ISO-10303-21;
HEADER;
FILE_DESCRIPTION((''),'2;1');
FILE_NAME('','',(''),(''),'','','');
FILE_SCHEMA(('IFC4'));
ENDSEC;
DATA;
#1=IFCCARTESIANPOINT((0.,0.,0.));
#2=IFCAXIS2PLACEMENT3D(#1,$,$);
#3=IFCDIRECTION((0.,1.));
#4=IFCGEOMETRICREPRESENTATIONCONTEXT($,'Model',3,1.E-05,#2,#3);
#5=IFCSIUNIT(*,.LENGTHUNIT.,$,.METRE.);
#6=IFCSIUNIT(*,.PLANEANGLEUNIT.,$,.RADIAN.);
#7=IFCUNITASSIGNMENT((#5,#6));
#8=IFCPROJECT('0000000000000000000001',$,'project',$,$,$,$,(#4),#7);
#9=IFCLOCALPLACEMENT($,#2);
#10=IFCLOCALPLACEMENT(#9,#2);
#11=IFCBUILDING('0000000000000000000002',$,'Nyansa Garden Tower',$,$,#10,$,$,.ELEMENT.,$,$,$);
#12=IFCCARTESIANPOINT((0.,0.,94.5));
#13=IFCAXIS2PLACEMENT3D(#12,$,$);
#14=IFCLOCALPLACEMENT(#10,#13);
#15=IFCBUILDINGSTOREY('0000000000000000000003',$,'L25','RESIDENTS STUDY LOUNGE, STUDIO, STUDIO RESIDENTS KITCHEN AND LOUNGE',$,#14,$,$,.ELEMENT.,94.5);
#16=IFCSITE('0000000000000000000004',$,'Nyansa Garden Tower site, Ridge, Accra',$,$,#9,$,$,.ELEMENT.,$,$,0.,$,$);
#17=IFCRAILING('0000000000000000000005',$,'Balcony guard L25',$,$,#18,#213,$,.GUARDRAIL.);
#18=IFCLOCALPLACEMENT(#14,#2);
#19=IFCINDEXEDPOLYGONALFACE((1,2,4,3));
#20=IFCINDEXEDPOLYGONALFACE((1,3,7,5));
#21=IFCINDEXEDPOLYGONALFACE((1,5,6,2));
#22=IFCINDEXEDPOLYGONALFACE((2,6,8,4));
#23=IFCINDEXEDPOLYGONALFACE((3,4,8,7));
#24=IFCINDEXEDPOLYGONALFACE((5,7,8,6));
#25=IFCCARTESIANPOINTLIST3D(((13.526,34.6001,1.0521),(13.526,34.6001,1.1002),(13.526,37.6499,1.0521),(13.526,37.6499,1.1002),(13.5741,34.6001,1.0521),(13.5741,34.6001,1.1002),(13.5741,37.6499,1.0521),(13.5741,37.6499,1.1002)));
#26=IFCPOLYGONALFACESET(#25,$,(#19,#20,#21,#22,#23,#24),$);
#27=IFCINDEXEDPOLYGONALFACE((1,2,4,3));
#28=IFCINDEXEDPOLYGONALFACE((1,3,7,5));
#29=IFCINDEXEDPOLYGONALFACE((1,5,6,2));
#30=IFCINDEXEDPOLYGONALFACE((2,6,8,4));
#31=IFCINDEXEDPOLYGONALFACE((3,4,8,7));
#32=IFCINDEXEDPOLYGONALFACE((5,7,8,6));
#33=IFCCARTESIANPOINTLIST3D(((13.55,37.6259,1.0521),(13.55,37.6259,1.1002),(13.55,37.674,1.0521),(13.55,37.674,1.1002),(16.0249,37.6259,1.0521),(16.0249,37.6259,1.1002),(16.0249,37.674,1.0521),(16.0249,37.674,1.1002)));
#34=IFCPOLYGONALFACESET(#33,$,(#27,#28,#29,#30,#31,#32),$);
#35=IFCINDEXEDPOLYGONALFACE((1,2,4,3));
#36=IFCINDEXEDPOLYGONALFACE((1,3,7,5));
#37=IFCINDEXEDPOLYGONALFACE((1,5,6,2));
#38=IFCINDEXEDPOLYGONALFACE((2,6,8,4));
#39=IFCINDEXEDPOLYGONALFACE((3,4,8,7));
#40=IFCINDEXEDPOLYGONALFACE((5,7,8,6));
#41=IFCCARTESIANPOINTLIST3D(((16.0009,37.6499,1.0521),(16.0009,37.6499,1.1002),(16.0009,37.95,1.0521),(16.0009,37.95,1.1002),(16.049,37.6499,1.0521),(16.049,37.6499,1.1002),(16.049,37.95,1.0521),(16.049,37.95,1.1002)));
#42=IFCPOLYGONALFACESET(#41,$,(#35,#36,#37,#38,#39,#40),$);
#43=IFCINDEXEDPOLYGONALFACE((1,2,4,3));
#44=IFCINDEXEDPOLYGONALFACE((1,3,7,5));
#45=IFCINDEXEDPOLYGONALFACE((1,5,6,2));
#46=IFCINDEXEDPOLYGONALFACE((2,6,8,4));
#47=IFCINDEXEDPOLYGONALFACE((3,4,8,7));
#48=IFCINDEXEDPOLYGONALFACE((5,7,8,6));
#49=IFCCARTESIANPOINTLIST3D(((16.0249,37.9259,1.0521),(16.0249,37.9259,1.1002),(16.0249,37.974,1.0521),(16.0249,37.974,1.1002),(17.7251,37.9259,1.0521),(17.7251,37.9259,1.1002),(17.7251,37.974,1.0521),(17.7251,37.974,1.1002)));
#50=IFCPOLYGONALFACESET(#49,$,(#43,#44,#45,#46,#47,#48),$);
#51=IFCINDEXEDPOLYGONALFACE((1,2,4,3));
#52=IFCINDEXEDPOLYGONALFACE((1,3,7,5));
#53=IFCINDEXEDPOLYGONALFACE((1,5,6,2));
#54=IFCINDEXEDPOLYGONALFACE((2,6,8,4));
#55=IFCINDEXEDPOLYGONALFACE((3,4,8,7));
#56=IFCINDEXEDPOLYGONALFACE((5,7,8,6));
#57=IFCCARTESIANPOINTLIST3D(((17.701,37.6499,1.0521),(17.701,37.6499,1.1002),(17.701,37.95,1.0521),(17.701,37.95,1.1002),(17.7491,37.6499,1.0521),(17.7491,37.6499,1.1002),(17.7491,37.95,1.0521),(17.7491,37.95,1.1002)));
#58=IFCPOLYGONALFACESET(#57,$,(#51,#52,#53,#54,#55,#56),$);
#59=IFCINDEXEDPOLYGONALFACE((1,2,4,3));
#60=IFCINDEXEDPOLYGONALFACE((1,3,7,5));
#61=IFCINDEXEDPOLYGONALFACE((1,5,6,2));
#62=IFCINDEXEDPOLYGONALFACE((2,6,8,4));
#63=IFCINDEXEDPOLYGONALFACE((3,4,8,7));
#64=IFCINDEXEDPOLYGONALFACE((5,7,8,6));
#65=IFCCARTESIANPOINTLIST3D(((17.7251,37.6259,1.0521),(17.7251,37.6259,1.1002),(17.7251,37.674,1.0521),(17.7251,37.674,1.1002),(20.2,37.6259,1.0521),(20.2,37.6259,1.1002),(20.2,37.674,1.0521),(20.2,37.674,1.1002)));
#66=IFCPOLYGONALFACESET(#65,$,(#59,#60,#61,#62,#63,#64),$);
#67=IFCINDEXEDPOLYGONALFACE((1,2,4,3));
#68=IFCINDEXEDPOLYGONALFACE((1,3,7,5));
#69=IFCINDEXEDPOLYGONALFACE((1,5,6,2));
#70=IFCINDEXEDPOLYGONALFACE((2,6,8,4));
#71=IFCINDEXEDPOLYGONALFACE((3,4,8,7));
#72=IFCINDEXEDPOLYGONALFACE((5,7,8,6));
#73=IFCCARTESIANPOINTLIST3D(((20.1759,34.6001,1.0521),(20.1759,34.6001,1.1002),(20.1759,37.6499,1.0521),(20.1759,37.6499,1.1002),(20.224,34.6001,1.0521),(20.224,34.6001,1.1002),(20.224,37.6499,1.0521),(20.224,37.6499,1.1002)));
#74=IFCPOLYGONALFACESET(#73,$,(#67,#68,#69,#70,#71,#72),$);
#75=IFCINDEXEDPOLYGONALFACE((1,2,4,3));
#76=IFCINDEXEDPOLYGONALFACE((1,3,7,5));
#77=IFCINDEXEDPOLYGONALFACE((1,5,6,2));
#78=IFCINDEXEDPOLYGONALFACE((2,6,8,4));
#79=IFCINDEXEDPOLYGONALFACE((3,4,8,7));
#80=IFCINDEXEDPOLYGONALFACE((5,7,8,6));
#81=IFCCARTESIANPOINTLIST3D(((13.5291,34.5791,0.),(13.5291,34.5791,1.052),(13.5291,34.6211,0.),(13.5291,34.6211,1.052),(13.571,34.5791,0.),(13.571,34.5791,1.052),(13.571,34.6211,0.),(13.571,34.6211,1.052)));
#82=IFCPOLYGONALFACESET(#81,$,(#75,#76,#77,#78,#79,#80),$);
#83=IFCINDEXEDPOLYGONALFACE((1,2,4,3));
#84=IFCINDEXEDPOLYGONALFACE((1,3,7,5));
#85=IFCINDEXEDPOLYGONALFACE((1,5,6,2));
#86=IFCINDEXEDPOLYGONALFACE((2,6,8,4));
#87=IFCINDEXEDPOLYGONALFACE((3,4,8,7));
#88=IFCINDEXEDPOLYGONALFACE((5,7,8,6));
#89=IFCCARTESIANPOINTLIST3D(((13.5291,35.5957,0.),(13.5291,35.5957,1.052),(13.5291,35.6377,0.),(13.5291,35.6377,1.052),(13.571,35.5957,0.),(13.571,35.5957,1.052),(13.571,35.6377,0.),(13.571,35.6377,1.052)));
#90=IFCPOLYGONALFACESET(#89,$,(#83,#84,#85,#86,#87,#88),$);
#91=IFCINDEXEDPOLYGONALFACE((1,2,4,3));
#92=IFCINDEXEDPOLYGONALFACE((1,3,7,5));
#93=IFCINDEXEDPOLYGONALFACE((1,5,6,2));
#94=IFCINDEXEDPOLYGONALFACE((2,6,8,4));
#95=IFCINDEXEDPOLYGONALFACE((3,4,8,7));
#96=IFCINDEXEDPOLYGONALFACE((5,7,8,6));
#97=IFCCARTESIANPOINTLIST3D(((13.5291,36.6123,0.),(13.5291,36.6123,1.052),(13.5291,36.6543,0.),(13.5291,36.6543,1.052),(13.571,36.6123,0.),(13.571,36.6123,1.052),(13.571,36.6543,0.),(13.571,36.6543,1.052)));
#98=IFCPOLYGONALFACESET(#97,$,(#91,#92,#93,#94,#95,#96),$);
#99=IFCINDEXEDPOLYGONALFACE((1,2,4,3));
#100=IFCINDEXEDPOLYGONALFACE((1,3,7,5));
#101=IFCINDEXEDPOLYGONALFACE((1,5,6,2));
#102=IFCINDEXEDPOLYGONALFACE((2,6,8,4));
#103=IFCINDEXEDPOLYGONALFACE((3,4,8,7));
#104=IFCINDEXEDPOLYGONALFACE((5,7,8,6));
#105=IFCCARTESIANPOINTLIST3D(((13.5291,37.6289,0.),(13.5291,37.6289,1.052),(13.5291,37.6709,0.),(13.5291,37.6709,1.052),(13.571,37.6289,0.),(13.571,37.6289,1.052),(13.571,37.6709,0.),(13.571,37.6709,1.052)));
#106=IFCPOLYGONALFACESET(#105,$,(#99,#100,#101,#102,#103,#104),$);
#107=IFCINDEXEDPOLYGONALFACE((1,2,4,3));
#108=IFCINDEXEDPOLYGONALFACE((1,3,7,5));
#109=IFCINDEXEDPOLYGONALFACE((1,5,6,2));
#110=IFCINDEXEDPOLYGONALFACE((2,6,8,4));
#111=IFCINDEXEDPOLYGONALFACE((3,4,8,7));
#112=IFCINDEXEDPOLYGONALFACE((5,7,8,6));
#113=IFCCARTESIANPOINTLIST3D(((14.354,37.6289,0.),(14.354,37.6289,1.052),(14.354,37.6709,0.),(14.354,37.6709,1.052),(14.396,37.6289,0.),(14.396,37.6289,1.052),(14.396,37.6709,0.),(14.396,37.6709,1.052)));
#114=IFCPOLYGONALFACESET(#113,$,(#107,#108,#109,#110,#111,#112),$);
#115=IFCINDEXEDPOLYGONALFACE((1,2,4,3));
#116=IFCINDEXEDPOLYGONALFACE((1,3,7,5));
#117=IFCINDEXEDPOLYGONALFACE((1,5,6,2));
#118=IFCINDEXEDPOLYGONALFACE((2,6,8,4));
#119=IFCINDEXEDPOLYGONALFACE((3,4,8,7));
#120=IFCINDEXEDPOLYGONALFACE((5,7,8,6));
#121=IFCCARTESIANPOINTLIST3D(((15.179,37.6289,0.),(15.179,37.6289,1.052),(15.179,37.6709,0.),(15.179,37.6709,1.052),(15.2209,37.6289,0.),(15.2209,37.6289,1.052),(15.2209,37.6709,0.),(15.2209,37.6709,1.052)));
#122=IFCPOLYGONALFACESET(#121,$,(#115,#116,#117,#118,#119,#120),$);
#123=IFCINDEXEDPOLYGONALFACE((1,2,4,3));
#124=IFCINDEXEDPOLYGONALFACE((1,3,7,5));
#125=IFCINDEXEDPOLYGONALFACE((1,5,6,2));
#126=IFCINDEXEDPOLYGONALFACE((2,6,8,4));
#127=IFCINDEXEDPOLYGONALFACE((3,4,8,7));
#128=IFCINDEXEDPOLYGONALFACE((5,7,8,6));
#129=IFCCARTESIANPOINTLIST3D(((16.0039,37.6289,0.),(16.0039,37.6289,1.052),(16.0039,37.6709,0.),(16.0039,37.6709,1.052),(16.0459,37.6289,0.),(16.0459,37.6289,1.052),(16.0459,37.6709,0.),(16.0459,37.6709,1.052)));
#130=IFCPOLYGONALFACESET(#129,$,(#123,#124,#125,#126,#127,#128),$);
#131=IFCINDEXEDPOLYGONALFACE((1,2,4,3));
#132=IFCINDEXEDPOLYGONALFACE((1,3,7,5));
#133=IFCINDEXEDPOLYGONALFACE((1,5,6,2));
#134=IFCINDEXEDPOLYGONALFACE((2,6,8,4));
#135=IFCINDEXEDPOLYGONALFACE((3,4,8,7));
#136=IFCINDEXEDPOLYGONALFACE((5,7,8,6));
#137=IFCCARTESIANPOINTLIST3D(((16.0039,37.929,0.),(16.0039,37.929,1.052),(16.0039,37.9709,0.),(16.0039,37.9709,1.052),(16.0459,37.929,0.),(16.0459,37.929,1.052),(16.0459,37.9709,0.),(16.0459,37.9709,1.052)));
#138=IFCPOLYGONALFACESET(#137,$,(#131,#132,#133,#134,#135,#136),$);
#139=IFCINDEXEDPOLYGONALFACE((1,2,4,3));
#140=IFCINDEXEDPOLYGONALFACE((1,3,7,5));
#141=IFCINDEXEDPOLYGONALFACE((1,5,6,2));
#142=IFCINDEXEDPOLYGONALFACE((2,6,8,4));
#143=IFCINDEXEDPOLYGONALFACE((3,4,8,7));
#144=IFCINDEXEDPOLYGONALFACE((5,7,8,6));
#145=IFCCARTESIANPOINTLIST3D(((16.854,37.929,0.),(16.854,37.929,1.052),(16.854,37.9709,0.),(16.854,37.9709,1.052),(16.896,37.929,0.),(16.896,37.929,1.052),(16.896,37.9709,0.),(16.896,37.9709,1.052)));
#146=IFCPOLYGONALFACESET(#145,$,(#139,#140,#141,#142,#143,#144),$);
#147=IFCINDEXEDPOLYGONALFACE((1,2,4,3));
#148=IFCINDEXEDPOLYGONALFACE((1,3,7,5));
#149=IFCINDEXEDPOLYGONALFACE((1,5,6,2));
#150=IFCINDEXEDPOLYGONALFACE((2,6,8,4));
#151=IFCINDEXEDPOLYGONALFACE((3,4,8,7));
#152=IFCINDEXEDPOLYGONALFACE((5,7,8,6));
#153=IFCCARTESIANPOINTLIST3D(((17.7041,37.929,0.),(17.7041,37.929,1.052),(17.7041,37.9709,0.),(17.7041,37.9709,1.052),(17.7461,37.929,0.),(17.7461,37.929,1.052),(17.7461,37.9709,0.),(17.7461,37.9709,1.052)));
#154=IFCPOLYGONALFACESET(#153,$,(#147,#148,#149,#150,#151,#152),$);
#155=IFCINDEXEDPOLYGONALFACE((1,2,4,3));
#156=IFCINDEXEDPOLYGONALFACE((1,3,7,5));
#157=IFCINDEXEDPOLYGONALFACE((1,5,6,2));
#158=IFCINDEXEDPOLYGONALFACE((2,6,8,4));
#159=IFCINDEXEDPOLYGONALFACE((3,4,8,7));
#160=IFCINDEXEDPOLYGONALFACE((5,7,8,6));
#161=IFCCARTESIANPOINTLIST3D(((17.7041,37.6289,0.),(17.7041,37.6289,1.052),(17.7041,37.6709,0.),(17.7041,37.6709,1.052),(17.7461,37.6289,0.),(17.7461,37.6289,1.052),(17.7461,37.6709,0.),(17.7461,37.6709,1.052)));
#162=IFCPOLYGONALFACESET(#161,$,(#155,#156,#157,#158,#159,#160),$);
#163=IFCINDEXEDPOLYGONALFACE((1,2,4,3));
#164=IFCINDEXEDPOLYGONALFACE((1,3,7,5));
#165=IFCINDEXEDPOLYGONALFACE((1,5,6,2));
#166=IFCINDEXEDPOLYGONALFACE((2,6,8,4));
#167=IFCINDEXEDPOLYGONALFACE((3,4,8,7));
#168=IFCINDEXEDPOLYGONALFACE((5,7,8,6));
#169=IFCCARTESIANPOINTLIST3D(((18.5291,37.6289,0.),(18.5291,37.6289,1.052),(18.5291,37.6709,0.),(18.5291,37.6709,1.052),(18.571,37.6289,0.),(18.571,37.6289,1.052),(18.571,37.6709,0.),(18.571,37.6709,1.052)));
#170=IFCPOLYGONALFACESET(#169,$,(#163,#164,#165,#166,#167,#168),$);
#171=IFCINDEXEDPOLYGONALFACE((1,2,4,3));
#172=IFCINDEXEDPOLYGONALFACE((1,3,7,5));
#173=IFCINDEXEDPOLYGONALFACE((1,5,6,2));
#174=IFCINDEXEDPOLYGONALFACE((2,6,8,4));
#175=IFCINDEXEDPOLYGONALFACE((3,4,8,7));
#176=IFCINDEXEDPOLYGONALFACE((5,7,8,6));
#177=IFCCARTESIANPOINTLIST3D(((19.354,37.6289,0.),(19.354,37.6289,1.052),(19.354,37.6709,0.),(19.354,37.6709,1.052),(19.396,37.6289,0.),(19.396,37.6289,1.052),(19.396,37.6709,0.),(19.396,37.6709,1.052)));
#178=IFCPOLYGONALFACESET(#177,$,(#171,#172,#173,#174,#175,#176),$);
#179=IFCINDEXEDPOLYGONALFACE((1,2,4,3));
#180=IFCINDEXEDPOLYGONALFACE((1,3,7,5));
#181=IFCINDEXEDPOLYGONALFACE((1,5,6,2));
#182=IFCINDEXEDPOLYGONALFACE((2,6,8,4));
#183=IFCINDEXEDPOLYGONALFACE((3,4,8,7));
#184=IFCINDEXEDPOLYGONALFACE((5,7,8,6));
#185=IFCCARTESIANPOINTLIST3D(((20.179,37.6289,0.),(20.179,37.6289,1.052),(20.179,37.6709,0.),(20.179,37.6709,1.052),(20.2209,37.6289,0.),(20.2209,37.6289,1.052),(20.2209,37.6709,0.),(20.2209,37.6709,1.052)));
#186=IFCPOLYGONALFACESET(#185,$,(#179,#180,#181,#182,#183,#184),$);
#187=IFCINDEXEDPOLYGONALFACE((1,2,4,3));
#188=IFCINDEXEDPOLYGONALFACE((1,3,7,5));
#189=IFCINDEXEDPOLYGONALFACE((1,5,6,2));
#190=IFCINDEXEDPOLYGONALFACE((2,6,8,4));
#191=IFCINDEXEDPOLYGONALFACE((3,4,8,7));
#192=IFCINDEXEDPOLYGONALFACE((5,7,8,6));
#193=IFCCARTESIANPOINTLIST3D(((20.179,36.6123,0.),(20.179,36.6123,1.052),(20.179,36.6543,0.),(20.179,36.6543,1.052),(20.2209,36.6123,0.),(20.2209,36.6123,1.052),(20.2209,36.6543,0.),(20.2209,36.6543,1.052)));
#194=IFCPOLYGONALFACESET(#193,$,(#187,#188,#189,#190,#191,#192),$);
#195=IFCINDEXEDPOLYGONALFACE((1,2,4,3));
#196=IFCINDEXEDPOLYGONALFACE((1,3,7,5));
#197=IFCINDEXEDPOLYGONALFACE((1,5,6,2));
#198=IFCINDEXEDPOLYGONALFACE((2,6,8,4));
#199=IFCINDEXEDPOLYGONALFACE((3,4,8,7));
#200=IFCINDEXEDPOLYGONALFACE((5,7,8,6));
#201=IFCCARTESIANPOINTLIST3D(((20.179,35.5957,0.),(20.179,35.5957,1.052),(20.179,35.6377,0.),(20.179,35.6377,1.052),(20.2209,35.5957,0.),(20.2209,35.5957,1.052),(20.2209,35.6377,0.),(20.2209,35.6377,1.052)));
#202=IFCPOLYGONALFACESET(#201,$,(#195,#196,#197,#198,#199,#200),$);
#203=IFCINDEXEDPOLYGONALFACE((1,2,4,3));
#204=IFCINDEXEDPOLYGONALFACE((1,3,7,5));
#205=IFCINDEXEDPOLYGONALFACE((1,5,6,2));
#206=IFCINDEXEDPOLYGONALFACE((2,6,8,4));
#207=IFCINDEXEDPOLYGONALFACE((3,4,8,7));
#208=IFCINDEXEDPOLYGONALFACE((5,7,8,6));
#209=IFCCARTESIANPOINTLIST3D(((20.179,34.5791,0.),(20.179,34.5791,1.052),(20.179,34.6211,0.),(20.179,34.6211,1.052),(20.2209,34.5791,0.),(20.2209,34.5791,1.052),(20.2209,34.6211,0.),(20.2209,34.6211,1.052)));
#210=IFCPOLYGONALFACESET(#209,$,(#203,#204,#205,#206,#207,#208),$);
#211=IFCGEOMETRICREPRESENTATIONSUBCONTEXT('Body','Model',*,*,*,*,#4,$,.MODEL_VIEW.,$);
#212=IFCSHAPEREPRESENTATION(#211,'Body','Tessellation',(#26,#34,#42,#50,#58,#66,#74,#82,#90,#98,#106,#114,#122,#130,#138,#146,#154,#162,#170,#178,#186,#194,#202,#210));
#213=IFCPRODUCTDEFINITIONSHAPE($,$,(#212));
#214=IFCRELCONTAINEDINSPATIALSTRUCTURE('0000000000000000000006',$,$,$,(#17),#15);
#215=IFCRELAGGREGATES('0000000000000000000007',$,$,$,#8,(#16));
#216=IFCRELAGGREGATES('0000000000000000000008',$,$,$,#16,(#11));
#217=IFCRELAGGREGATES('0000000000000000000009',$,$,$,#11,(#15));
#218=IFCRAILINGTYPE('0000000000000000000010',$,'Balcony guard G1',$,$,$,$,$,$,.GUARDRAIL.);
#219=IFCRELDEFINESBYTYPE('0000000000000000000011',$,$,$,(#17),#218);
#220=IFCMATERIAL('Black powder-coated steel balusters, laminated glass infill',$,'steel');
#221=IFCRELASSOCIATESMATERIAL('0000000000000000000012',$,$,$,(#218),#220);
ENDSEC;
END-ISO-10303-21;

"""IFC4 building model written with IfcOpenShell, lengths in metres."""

from ifc_helpers import new_model, si_unit, direction, frame, origin, origin_2d, place, context, subcontext, project, spatial, rectangle, extrude, material, type_object, element, save


model = new_model("IFC4")

# Units and contexts
model_context = context("Model", 3, precision=1e-05, world=origin(), true_north=direction((0.0, 1.0)))
body_context = subcontext(model_context, "Body", "Model", "MODEL_VIEW")
ifc_project = project(units=[si_unit("LENGTHUNIT", "METRE"), si_unit("PLANEANGLEUNIT", "RADIAN")], contexts=[model_context])

# Site, building, storey
site_placement = place(None, origin())
site = spatial("IfcSite", under=ifc_project, at=site_placement, Name="Nyansa Garden Tower site, Ridge, Accra", CompositionType="ELEMENT", RefElevation=0.0)
building_placement = place(site_placement, origin())
building = spatial("IfcBuilding", under=site, at=building_placement, Name="Nyansa Garden Tower", CompositionType="ELEMENT")
storey_placement = place(building_placement, frame((0.0, 0.0, 94.5)))
storey = spatial("IfcBuildingStorey", under=building, at=storey_placement, Name="L25", Description="RESIDENTS STUDY LOUNGE, STUDIO, STUDIO RESIDENTS KITCHEN AND LOUNGE", CompositionType="ELEMENT", Elevation=94.5)

# Railing
ifc_material_1 = material(Name="Black powder-coated steel balusters, laminated glass infill", Category="steel")
railing_type = type_object("IfcRailingType", Name="Balcony guard G1", PredefinedType="GUARDRAIL", material=ifc_material_1)
railing_placement = place(storey_placement, frame((13.55, 34.6001, 0.0)))
element("IfcRailing", 1, at=railing_placement, inside=storey, type_object=railing_type, Name="Balcony guard L25", PredefinedType="GUARDRAIL", context=body_context, shape_type="SweptSolid", body=[
    extrude(rectangle(XDim=0.0481, YDim=0.0481, at=origin_2d()), frame((0.0, 0.0, 1.0762), z_axis=(0.0, 1.0, 0.0), x_axis=(-1.0, 0.0, 0.0)), (0.0, 0.0, 1.0), 3.0498),
    extrude(rectangle(XDim=0.0481, YDim=0.0481, at=origin_2d()), frame((0.0, 3.0498, 1.0762), z_axis=(1.0, 0.0, 0.0), x_axis=(0.0, 1.0, 0.0)), (0.0, 0.0, 1.0), 2.4749),
    extrude(rectangle(XDim=0.0481, YDim=0.0481, at=origin_2d()), frame((2.4749, 3.0498, 1.0762), z_axis=(0.0, 1.0, 0.0), x_axis=(-1.0, 0.0, 0.0)), (0.0, 0.0, 1.0), 0.3),
    extrude(rectangle(XDim=0.0481, YDim=0.0481, at=origin_2d()), frame((2.4749, 3.3499, 1.0762), z_axis=(1.0, 0.0, 0.0), x_axis=(0.0, 1.0, 0.0)), (0.0, 0.0, 1.0), 1.7002),
    extrude(rectangle(XDim=0.0481, YDim=0.0481, at=origin_2d()), frame((4.175, 3.3499, 1.0762), z_axis=(0.0, -1.0, 0.0), x_axis=(1.0, 0.0, 0.0)), (0.0, 0.0, 1.0), 0.3),
    extrude(rectangle(XDim=0.0481, YDim=0.0481, at=origin_2d()), frame((4.175, 3.0498, 1.0762), z_axis=(1.0, 0.0, 0.0), x_axis=(0.0, 1.0, 0.0)), (0.0, 0.0, 1.0), 2.4749),
    extrude(rectangle(XDim=0.0481, YDim=0.0481, at=origin_2d()), frame((6.6499, 3.0498, 1.0762), z_axis=(0.0, -1.0, 0.0), x_axis=(1.0, 0.0, 0.0)), (0.0, 0.0, 1.0), 3.0498),
    extrude(rectangle(XDim=0.042, YDim=0.042, at=origin_2d()), origin(), (0.0, 0.0, 1.0), 1.052),
    extrude(rectangle(XDim=0.042, YDim=0.042, at=origin_2d()), frame((0.0, 1.0166, 0.0)), (0.0, 0.0, 1.0), 1.052),
    extrude(rectangle(XDim=0.042, YDim=0.042, at=origin_2d()), frame((0.0, 2.0332, 0.0)), (0.0, 0.0, 1.0), 1.052),
    extrude(rectangle(XDim=0.042, YDim=0.042, at=origin_2d()), frame((0.0, 3.0498, 0.0)), (0.0, 0.0, 1.0), 1.052),
    extrude(rectangle(XDim=0.042, YDim=0.042, at=origin_2d()), frame((0.825, 3.0498, 0.0)), (0.0, 0.0, 1.0), 1.052),
    extrude(rectangle(XDim=0.042, YDim=0.042, at=origin_2d()), frame((1.6499, 3.0498, 0.0)), (0.0, 0.0, 1.0), 1.052),
    extrude(rectangle(XDim=0.042, YDim=0.042, at=origin_2d()), frame((2.4749, 3.0498, 0.0)), (0.0, 0.0, 1.0), 1.052),
    extrude(rectangle(XDim=0.042, YDim=0.042, at=origin_2d()), frame((2.4749, 3.3499, 0.0)), (0.0, 0.0, 1.0), 1.052),
    extrude(rectangle(XDim=0.042, YDim=0.042, at=origin_2d()), frame((3.325, 3.3499, 0.0)), (0.0, 0.0, 1.0), 1.052),
    extrude(rectangle(XDim=0.042, YDim=0.042, at=origin_2d()), frame((4.175, 3.3499, 0.0)), (0.0, 0.0, 1.0), 1.052),
    extrude(rectangle(XDim=0.042, YDim=0.042, at=origin_2d()), frame((4.175, 3.0498, 0.0)), (0.0, 0.0, 1.0), 1.052),
    extrude(rectangle(XDim=0.042, YDim=0.042, at=origin_2d()), frame((5.0, 3.0498, 0.0)), (0.0, 0.0, 1.0), 1.052),
    extrude(rectangle(XDim=0.042, YDim=0.042, at=origin_2d()), frame((5.825, 3.0498, 0.0)), (0.0, 0.0, 1.0), 1.052),
    extrude(rectangle(XDim=0.042, YDim=0.042, at=origin_2d()), frame((6.6499, 3.0498, 0.0)), (0.0, 0.0, 1.0), 1.052),
    extrude(rectangle(XDim=0.042, YDim=0.042, at=origin_2d()), frame((6.6499, 2.0332, 0.0)), (0.0, 0.0, 1.0), 1.052),
    extrude(rectangle(XDim=0.042, YDim=0.042, at=origin_2d()), frame((6.6499, 1.0166, 0.0)), (0.0, 0.0, 1.0), 1.052),
    extrude(rectangle(XDim=0.042, YDim=0.042, at=origin_2d()), frame((6.6499, 0.0, 0.0)), (0.0, 0.0, 1.0), 1.052),
])

save(model, "model.ifc")
